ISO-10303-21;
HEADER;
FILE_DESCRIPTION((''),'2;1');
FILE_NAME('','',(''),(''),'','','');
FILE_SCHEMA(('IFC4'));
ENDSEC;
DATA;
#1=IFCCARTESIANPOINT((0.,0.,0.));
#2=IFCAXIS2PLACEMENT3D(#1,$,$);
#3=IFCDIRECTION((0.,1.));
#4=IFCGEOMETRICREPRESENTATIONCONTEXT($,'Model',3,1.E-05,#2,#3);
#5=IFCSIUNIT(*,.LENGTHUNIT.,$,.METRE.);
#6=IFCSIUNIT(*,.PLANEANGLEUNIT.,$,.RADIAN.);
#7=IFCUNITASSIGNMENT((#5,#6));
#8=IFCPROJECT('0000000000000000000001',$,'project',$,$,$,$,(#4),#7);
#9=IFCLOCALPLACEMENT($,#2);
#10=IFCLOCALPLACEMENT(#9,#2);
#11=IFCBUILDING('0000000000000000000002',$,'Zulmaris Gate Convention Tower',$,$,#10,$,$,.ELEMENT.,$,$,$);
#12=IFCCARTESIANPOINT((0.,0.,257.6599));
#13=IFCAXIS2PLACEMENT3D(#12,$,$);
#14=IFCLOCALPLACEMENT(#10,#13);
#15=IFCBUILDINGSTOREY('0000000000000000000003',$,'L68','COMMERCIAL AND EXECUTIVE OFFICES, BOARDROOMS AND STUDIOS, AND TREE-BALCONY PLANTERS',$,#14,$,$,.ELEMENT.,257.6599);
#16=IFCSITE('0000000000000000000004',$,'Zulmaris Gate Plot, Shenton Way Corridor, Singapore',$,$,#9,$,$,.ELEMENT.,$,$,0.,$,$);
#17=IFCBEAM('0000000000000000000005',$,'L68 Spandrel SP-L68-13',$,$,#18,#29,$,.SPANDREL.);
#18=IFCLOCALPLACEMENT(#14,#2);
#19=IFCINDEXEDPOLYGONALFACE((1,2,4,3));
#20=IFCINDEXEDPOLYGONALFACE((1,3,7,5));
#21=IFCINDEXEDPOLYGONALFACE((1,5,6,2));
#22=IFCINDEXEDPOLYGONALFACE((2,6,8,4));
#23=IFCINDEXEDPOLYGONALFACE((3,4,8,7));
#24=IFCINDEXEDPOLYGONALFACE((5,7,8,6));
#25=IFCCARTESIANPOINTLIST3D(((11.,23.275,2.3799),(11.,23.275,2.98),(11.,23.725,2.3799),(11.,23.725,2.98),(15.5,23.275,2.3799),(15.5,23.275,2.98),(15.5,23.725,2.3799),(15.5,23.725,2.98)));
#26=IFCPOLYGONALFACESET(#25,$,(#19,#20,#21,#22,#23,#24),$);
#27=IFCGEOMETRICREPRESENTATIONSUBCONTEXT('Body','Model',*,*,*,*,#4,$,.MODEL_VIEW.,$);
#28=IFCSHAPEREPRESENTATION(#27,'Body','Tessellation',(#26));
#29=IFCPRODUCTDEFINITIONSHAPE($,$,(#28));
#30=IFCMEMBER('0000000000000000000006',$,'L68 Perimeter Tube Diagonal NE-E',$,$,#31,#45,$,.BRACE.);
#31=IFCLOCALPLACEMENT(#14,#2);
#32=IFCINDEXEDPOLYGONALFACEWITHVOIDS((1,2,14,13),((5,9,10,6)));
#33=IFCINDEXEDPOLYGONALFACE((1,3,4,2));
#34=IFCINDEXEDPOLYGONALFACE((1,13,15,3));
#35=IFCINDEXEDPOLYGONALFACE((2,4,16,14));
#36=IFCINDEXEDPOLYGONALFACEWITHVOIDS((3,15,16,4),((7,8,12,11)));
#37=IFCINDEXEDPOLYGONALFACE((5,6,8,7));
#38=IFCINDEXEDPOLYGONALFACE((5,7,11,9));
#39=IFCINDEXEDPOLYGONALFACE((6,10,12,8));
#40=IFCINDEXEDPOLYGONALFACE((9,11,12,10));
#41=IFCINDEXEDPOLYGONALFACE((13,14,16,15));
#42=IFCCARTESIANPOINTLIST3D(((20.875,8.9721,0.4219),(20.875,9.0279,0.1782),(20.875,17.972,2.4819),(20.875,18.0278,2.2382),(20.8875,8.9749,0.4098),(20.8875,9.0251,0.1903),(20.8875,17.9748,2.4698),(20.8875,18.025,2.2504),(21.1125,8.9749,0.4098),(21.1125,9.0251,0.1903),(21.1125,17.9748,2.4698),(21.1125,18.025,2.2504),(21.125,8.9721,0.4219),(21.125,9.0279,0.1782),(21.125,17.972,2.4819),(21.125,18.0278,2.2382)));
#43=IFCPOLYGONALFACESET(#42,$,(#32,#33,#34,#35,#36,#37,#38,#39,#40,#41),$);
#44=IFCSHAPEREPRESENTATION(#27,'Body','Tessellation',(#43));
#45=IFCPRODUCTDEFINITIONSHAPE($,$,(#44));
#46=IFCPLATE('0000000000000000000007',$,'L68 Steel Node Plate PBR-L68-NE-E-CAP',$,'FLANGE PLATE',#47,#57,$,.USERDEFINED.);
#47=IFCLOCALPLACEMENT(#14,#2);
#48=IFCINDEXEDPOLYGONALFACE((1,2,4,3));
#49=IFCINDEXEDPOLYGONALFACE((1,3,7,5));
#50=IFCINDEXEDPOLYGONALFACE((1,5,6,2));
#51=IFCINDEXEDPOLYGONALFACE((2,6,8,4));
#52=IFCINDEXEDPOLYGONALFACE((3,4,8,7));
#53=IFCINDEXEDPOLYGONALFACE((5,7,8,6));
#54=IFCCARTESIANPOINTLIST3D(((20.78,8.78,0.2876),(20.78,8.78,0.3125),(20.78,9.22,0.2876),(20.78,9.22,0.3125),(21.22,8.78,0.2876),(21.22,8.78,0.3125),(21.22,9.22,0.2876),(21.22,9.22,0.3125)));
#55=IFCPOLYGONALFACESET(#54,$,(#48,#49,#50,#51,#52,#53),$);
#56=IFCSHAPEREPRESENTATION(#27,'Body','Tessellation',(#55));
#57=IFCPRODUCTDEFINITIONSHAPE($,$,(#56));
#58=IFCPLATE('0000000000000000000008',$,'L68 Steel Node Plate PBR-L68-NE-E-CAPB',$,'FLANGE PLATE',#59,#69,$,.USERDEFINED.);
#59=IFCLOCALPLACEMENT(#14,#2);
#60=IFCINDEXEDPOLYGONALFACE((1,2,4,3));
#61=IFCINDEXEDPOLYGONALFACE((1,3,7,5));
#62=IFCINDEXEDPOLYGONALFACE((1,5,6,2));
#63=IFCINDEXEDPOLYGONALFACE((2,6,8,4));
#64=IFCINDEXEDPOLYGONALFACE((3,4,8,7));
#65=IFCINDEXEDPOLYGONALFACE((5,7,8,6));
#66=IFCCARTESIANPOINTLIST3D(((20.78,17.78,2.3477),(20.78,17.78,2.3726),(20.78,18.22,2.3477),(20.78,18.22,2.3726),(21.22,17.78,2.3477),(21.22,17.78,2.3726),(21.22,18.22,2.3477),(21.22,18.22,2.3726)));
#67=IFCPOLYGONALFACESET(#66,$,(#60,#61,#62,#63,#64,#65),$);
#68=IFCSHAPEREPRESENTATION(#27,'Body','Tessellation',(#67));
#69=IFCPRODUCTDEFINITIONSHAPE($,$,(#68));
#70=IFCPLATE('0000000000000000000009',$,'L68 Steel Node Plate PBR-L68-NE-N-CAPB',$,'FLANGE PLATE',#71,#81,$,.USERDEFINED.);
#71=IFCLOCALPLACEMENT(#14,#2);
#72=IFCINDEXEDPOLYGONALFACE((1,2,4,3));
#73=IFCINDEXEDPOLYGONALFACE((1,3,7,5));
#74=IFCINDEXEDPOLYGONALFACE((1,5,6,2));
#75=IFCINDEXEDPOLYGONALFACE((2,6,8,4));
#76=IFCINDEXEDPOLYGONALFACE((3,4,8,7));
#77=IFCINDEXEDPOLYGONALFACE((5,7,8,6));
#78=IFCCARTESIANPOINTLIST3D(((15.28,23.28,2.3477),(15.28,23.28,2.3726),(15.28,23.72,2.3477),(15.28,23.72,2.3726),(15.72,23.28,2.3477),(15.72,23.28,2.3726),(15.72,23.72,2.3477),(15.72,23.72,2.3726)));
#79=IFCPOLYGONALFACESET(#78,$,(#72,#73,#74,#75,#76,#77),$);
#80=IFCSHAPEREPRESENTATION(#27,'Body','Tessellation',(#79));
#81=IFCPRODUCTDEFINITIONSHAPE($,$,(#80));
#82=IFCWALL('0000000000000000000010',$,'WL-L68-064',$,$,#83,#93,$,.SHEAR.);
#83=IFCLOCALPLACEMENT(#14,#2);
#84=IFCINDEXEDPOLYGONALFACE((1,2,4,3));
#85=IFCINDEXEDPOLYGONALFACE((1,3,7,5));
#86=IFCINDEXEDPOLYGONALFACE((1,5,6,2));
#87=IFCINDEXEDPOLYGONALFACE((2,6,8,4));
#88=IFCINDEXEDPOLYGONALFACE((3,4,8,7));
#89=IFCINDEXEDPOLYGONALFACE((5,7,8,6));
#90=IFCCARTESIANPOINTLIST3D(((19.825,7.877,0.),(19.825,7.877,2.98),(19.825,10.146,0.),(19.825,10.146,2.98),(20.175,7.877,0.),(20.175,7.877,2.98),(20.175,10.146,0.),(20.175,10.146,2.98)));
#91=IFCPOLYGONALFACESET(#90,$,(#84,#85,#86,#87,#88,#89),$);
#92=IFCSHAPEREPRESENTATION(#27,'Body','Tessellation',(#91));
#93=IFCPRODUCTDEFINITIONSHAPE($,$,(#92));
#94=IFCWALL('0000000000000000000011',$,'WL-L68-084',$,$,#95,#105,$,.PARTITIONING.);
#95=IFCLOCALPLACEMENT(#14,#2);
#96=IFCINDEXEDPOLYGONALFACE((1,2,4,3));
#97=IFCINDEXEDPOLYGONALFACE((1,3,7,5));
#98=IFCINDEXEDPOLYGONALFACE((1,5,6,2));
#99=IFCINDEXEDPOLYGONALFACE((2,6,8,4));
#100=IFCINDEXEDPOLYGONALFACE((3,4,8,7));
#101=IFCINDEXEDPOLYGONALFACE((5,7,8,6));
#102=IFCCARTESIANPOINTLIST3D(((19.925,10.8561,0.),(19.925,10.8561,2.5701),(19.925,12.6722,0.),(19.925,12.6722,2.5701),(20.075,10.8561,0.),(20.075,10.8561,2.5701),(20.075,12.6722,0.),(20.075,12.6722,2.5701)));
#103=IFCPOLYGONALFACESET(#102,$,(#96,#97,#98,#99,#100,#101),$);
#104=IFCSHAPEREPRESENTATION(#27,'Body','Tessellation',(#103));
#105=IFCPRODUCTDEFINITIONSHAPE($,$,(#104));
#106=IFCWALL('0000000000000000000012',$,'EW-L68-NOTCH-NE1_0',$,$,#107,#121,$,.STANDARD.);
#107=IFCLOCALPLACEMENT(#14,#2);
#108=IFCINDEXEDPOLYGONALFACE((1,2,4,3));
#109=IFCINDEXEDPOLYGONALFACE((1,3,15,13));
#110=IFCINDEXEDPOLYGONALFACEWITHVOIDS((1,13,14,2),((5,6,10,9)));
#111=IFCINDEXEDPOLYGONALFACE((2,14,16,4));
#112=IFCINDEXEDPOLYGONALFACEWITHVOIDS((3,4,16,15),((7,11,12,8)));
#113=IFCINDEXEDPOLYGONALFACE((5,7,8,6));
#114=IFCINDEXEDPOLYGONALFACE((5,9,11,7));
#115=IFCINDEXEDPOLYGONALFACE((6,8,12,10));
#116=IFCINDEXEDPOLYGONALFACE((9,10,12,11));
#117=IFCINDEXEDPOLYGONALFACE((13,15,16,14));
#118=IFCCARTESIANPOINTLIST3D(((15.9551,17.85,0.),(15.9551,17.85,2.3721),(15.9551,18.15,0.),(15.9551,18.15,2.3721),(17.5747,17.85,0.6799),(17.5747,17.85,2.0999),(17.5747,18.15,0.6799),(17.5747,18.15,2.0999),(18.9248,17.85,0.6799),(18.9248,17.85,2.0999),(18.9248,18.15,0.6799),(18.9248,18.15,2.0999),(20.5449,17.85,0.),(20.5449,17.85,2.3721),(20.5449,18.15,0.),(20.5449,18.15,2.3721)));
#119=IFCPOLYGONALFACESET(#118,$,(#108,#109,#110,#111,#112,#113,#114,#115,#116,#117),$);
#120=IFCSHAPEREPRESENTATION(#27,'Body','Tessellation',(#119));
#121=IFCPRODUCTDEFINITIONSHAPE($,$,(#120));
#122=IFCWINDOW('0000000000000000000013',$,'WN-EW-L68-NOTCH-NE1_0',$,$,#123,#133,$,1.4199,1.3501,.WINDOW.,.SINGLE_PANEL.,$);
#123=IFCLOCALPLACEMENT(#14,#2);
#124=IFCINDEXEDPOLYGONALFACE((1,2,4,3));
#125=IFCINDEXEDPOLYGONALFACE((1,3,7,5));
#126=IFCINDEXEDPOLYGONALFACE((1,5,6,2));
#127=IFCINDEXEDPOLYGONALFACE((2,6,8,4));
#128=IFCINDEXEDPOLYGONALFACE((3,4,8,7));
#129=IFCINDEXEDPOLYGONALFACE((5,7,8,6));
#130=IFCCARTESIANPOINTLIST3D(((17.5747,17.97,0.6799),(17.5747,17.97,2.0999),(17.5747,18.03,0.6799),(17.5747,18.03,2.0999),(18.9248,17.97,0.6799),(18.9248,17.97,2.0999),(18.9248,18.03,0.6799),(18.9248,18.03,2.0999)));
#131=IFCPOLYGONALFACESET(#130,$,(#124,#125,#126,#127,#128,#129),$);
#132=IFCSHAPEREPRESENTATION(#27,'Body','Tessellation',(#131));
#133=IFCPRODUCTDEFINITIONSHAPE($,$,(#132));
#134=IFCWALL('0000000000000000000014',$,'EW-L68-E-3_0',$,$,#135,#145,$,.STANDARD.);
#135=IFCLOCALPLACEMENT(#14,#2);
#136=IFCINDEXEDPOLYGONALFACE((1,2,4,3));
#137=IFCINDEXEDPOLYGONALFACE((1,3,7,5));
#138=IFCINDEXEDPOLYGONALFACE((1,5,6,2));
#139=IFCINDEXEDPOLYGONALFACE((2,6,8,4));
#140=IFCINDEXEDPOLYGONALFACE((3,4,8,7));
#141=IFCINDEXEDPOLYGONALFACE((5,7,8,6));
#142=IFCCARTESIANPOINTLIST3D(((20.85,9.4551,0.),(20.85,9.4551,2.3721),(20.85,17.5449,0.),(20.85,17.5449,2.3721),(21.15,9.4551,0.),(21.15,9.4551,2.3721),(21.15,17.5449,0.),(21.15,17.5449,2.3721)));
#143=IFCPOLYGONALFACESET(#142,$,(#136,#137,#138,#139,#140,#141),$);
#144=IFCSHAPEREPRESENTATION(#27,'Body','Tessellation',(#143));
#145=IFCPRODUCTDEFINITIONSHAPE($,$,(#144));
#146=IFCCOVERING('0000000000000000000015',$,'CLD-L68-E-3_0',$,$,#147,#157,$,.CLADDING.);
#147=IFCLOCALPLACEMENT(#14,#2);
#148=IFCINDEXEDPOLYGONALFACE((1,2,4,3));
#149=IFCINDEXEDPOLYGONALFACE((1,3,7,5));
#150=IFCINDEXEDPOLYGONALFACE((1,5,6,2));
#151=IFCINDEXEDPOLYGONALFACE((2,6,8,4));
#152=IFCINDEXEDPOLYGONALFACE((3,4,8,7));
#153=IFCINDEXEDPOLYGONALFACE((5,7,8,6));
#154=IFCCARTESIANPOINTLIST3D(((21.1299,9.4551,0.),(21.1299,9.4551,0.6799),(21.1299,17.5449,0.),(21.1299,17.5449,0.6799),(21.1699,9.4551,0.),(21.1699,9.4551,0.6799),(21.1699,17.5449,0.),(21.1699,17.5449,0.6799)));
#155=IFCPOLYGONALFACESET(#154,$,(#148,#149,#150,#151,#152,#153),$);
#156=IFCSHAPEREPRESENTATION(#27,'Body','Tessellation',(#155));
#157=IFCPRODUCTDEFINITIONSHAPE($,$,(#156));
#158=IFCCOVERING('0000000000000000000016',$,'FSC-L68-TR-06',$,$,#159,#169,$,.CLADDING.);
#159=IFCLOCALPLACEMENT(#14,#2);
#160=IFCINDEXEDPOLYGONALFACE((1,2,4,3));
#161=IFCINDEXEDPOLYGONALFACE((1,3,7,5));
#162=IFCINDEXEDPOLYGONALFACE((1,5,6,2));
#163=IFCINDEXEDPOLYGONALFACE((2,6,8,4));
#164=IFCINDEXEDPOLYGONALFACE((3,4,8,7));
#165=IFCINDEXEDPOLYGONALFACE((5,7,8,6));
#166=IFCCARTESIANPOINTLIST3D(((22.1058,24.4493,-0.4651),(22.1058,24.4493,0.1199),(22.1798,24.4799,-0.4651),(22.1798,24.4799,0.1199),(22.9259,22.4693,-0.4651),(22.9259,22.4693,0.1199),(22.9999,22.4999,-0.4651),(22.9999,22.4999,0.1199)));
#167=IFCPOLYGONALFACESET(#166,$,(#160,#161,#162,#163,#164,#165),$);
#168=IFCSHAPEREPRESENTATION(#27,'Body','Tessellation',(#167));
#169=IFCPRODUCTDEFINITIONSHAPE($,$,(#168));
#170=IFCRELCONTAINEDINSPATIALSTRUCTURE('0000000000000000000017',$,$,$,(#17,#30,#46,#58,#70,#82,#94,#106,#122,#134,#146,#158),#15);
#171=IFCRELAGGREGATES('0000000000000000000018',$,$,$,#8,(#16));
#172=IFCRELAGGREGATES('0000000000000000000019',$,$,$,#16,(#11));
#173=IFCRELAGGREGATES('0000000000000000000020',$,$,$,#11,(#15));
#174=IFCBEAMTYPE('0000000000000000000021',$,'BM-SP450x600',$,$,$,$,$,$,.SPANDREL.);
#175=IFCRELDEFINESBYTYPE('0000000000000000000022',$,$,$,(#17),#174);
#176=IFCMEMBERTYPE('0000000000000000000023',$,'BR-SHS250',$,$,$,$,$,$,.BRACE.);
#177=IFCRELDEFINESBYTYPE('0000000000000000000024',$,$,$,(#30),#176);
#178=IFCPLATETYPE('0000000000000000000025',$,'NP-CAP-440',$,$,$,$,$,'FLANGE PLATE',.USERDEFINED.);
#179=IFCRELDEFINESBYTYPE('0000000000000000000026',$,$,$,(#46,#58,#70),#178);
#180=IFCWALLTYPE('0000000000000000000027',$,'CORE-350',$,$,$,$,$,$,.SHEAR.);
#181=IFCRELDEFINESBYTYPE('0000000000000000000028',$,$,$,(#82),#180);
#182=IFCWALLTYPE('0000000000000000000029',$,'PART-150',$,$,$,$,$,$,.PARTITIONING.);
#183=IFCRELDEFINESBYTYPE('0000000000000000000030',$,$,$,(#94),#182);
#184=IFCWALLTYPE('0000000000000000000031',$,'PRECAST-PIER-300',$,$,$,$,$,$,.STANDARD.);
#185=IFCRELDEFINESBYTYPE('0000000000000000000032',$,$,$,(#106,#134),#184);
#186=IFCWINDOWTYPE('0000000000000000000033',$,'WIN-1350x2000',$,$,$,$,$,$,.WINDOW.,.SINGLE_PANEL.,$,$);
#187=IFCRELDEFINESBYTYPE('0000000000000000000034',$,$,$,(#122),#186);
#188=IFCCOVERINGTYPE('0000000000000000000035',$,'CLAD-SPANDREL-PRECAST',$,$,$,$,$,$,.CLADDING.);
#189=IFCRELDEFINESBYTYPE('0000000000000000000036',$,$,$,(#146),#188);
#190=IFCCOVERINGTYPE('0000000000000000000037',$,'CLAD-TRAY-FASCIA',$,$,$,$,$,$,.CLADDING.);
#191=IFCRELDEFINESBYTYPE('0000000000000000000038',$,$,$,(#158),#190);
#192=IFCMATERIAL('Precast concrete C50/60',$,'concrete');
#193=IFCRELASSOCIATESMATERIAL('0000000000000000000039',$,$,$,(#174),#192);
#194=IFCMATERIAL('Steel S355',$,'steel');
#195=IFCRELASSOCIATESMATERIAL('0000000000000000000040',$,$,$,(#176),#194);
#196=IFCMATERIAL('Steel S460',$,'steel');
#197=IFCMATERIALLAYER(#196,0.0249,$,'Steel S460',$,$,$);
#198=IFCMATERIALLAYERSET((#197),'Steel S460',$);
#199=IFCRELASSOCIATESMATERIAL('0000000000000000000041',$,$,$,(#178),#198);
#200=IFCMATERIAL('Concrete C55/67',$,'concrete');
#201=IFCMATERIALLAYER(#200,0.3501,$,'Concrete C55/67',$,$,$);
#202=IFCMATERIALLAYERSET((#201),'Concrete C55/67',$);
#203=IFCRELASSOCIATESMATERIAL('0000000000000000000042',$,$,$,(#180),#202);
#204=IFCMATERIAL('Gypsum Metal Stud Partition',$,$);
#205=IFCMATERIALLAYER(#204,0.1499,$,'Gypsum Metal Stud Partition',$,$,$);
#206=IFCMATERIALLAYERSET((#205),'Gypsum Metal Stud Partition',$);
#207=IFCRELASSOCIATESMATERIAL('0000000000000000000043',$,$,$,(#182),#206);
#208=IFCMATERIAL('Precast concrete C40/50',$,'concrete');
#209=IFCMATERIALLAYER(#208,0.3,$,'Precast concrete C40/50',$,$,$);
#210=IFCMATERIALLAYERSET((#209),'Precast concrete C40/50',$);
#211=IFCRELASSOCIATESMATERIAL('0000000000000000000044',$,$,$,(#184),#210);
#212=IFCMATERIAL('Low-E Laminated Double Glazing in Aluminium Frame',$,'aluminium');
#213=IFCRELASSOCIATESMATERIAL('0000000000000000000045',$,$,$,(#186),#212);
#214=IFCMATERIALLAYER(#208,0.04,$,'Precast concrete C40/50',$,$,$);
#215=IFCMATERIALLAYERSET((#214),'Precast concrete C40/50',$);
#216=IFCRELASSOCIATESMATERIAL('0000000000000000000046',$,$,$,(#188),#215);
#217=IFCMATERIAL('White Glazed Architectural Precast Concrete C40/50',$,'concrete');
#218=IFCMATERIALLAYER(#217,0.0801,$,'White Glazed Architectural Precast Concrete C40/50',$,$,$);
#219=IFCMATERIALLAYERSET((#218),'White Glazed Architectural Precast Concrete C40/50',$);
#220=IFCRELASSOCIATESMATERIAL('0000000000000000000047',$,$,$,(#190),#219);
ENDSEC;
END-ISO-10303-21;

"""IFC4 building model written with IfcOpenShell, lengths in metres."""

from ifc_helpers import new_model, si_unit, direction, frame, frame_2d, origin, origin_2d, place, context, subcontext, project, spatial, rectangle, hollow_rectangle, extrude, material, layer, layer_set, material_profile, profile_set, type_object, element, fill, save


model = new_model("IFC4")

# Units and contexts
model_context = context("Model", 3, precision=1e-05, world=origin(), true_north=direction((0.0, 1.0)))
body_context = subcontext(model_context, "Body", "Model", "MODEL_VIEW")
ifc_project = project(units=[si_unit("LENGTHUNIT", "METRE"), si_unit("PLANEANGLEUNIT", "RADIAN")], contexts=[model_context])

# Site, building, storey
site_placement = place(None, origin())
site = spatial("IfcSite", under=ifc_project, at=site_placement, Name="Zulmaris Gate Plot, Shenton Way Corridor, Singapore", CompositionType="ELEMENT", RefElevation=0.0)
building_placement = place(site_placement, origin())
building = spatial("IfcBuilding", under=site, at=building_placement, Name="Zulmaris Gate Convention Tower", CompositionType="ELEMENT")
storey_placement = place(building_placement, frame((0.0, 0.0, 257.6599)))
storey = spatial("IfcBuildingStorey", under=building, at=storey_placement, Name="L68", Description="COMMERCIAL AND EXECUTIVE OFFICES, BOARDROOMS AND STUDIOS, AND TREE-BALCONY PLANTERS", CompositionType="ELEMENT", Elevation=257.6599)

# Beam
ifc_material_1 = material(Name="Steel S355", Category="steel")
ifc_material_2 = material(Name="Precast concrete C50/60", Category="concrete")
ifc_material_profile_1 = material_profile(ifc_material_2, rectangle(XDim=0.45, YDim=0.6001, at=origin_2d()), Name="RC SPANDREL 450x600")
ifc_profile_set_1 = profile_set([ifc_material_profile_1], Name="Precast concrete C50/60")
beam_type_1 = type_object("IfcBeamType", Name="BM-SP450x600", PredefinedType="SPANDREL", material=ifc_profile_set_1)
beam_1_placement = place(storey_placement, frame((15.5, 23.5, 2.6799), z_axis=(-1.0, 0.0, 0.0), x_axis=(0.0, -1.0, 0.0)))
element("IfcBeam", 1, at=beam_1_placement, inside=storey, type_object=beam_type_1, Name="L68 Spandrel SP-L68-13", PredefinedType="SPANDREL", context=body_context, shape_type="SweptSolid", body=[
    extrude(rectangle(XDim=0.45, YDim=0.6001, at=origin_2d()), origin(), (0.0, 0.0, 1.0), 4.5),
])

# Member
ifc_material_profile_2 = material_profile(ifc_material_1, hollow_rectangle(XDim=0.25, YDim=0.25, WallThickness=0.0125, at=origin_2d()), Name="SHS 250x250x12.5")
ifc_profile_set_2 = profile_set([ifc_material_profile_2], Name="Steel S355")
member_type = type_object("IfcMemberType", Name="BR-SHS250", PredefinedType="BRACE", material=ifc_profile_set_2)
member_placement = place(storey_placement, frame((21.0, 9.0, 0.3), z_axis=(0.0, 0.97479, 0.223125), x_axis=(-1.0, 0.0, 0.0)))
element("IfcMember", 2, at=member_placement, inside=storey, type_object=member_type, Name="L68 Perimeter Tube Diagonal NE-E", PredefinedType="BRACE", context=body_context, shape_type="SweptSolid", body=[
    extrude(hollow_rectangle(XDim=0.25, YDim=0.25, WallThickness=0.0125, at=origin_2d()), origin(), (0.0, 0.0, 1.0), 9.2327),
])

# Plates
ifc_material_3 = material(Name="Steel S460", Category="steel")
ifc_layer_1 = layer(ifc_material_3, 0.0249, Name="Steel S460")
ifc_layer_set_1 = layer_set([ifc_layer_1], Name="Steel S460")
plate_type = type_object("IfcPlateType", Name="NP-CAP-440", ElementType="FLANGE PLATE", PredefinedType="USERDEFINED", material=ifc_layer_set_1)
for number, where, z_axis, x_axis, name in (
    (3, (21.0, 9.0, 0.2876), (0.0, 0.0, 1.0), (1.0, 0.0, 0.0), "L68 Steel Node Plate PBR-L68-NE-E-CAP"),
    (4, (21.0, 18.0, 2.3477), (0.0, 0.0, 1.0), (1.0, 0.0, 0.0), "L68 Steel Node Plate PBR-L68-NE-E-CAPB"),
    (5, (15.5, 23.5, 2.3477), (0.0, 0.0, 1.0), (1.0, 0.0, 0.0), "L68 Steel Node Plate PBR-L68-NE-N-CAPB"),
):
    element("IfcPlate", number, at=place(storey_placement, frame(where, z_axis=z_axis, x_axis=x_axis)), inside=storey, type_object=plate_type, Name=name, ObjectType="FLANGE PLATE", PredefinedType="USERDEFINED", context=body_context, shape_type="SweptSolid", body=[
        extrude(rectangle(XDim=0.4399, YDim=0.4399, at=origin_2d()), origin(), (0.0, 0.0, 1.0), 0.0249),
    ])

# Walls
ifc_material_4 = material(Name="Concrete C55/67", Category="concrete")
ifc_layer_2 = layer(ifc_material_4, 0.3501, Name="Concrete C55/67")
ifc_layer_set_2 = layer_set([ifc_layer_2], Name="Concrete C55/67")
wall_type_1 = type_object("IfcWallType", Name="CORE-350", PredefinedType="SHEAR", material=ifc_layer_set_2)
wall_1_placement = place(storey_placement, frame((20.0, 7.877, 0.0), z_axis=(0.0, 0.0, 1.0), x_axis=(0.0, 1.0, 0.0)))
element("IfcWall", 6, at=wall_1_placement, inside=storey, type_object=wall_type_1, Name="WL-L68-064", PredefinedType="SHEAR", context=body_context, shape_type="SweptSolid", body=[
    extrude(rectangle(XDim=2.269, YDim=0.3501, at=frame_2d((1.1345, 0.0))), origin(), (0.0, 0.0, 1.0), 2.98),
])
ifc_material_5 = material(Name="Gypsum Metal Stud Partition")
ifc_layer_3 = layer(ifc_material_5, 0.1499, Name="Gypsum Metal Stud Partition")
ifc_layer_set_3 = layer_set([ifc_layer_3], Name="Gypsum Metal Stud Partition")
wall_type_2 = type_object("IfcWallType", Name="PART-150", PredefinedType="PARTITIONING", material=ifc_layer_set_3)
wall_2_placement = place(storey_placement, frame((20.0, 10.856, 0.0), z_axis=(0.0, 0.0, 1.0), x_axis=(0.0, 1.0, 0.0)))
element("IfcWall", 7, at=wall_2_placement, inside=storey, type_object=wall_type_2, Name="WL-L68-084", PredefinedType="PARTITIONING", context=body_context, shape_type="SweptSolid", body=[
    extrude(rectangle(XDim=1.8162, YDim=0.1499, at=frame_2d((0.9082, 0.0))), origin(), (0.0, 0.0, 1.0), 2.5701),
])

# Wall, opening, window
ifc_material_6 = material(Name="Precast concrete C40/50", Category="concrete")
ifc_layer_4 = layer(ifc_material_6, 0.3, Name="Precast concrete C40/50")
ifc_layer_set_4 = layer_set([ifc_layer_4], Name="Precast concrete C40/50")
wall_type_3 = type_object("IfcWallType", Name="PRECAST-PIER-300", PredefinedType="STANDARD", material=ifc_layer_set_4)
wall_3_placement = place(storey_placement, frame((20.5449, 18.0, 0.0), z_axis=(0.0, 0.0, 1.0), x_axis=(-1.0, 0.0, 0.0)))
wall_3 = element("IfcWall", 8, at=wall_3_placement, inside=storey, type_object=wall_type_3, Name="EW-L68-NOTCH-NE1_0", PredefinedType="STANDARD", context=body_context, shape_type="SweptSolid", body=[
    extrude(rectangle(XDim=4.5898, YDim=0.3, at=frame_2d((2.2949, 0.0))), origin(), (0.0, 0.0, 1.0), 2.3721),
])
opening_placement = place(wall_3_placement, frame((1.6201, 0.0, 0.6799)))
opening = element("IfcOpeningElement", 9, at=opening_placement, cuts=wall_3, PredefinedType="OPENING", context=body_context, shape_type="SweptSolid", body=[
    extrude(rectangle(XDim=1.3501, YDim=1.4199, at=frame_2d((0.675, 0.71))), frame((0.0, 0.1602, 0.0), z_axis=(0.0, -1.0, 0.0), x_axis=(1.0, 0.0, 0.0)), (0.0, 0.0, 1.0), 0.3201),
])
ifc_material_7 = material(Name="Low-E Laminated Double Glazing in Aluminium Frame", Category="aluminium")
window_type = type_object("IfcWindowType", Name="WIN-1350x2000", PartitioningType="SINGLE_PANEL", PredefinedType="WINDOW", material=ifc_material_7)
window_placement = place(opening_placement, origin())
window = element("IfcWindow", 10, at=window_placement, inside=storey, type_object=window_type, Name="WN-EW-L68-NOTCH-NE1_0", OverallHeight=1.4199, OverallWidth=1.3501, PartitioningType="SINGLE_PANEL", PredefinedType="WINDOW", context=body_context, shape_type="SweptSolid", body=[
    extrude(rectangle(XDim=1.3501, YDim=1.4199, at=frame_2d((0.675, 0.71))), frame((0.0, 0.03, 0.0), z_axis=(0.0, -1.0, 0.0), x_axis=(1.0, 0.0, 0.0)), (0.0, 0.0, 1.0), 0.0601),
])
fill(opening, window)

# Wall
wall_4_placement = place(storey_placement, frame((21.0, 9.4551, 0.0), z_axis=(0.0, 0.0, 1.0), x_axis=(0.0, 1.0, 0.0)))
element("IfcWall", 11, at=wall_4_placement, inside=storey, type_object=wall_type_3, Name="EW-L68-E-3_0", PredefinedType="STANDARD", context=body_context, shape_type="SweptSolid", body=[
    extrude(rectangle(XDim=8.0898, YDim=0.3, at=frame_2d((4.0449, 0.0))), origin(), (0.0, 0.0, 1.0), 2.3721),
])

# Coverings
ifc_layer_5 = layer(ifc_material_6, 0.04, Name="Precast concrete C40/50")
ifc_layer_set_5 = layer_set([ifc_layer_5], Name="Precast concrete C40/50")
covering_type_1 = type_object("IfcCoveringType", Name="CLAD-SPANDREL-PRECAST", PredefinedType="CLADDING", material=ifc_layer_set_5)
covering_1_placement = place(storey_placement, frame((21.1499, 9.4551, 0.0), z_axis=(0.0, 0.0, 1.0), x_axis=(0.0, 1.0, 0.0)))
element("IfcCovering", 12, at=covering_1_placement, inside=storey, type_object=covering_type_1, Name="CLD-L68-E-3_0", PredefinedType="CLADDING", context=body_context, shape_type="SweptSolid", body=[
    extrude(rectangle(XDim=8.0898, YDim=0.04, at=frame_2d((4.0449, 0.0))), origin(), (0.0, 0.0, 1.0), 0.6799),
])
ifc_material_8 = material(Name="White Glazed Architectural Precast Concrete C40/50", Category="concrete")
ifc_layer_6 = layer(ifc_material_8, 0.0801, Name="White Glazed Architectural Precast Concrete C40/50")
ifc_layer_set_6 = layer_set([ifc_layer_6], Name="White Glazed Architectural Precast Concrete C40/50")
covering_type_2 = type_object("IfcCoveringType", Name="CLAD-TRAY-FASCIA", PredefinedType="CLADDING", material=ifc_layer_set_6)
covering_2_placement = place(storey_placement, frame((22.9629, 22.4846, -0.4651), z_axis=(0.0, 0.0, 1.0), x_axis=(-0.382657, 0.92389, 0.0)))
element("IfcCovering", 13, at=covering_2_placement, inside=storey, type_object=covering_type_2, Name="FSC-L68-TR-06", PredefinedType="CLADDING", context=body_context, shape_type="SweptSolid", body=[
    extrude(rectangle(XDim=2.1431, YDim=0.0801, at=frame_2d((1.0715, 0.0))), origin(), (0.0, 0.0, 1.0), 0.585),
])

save(model, "model.ifc")
